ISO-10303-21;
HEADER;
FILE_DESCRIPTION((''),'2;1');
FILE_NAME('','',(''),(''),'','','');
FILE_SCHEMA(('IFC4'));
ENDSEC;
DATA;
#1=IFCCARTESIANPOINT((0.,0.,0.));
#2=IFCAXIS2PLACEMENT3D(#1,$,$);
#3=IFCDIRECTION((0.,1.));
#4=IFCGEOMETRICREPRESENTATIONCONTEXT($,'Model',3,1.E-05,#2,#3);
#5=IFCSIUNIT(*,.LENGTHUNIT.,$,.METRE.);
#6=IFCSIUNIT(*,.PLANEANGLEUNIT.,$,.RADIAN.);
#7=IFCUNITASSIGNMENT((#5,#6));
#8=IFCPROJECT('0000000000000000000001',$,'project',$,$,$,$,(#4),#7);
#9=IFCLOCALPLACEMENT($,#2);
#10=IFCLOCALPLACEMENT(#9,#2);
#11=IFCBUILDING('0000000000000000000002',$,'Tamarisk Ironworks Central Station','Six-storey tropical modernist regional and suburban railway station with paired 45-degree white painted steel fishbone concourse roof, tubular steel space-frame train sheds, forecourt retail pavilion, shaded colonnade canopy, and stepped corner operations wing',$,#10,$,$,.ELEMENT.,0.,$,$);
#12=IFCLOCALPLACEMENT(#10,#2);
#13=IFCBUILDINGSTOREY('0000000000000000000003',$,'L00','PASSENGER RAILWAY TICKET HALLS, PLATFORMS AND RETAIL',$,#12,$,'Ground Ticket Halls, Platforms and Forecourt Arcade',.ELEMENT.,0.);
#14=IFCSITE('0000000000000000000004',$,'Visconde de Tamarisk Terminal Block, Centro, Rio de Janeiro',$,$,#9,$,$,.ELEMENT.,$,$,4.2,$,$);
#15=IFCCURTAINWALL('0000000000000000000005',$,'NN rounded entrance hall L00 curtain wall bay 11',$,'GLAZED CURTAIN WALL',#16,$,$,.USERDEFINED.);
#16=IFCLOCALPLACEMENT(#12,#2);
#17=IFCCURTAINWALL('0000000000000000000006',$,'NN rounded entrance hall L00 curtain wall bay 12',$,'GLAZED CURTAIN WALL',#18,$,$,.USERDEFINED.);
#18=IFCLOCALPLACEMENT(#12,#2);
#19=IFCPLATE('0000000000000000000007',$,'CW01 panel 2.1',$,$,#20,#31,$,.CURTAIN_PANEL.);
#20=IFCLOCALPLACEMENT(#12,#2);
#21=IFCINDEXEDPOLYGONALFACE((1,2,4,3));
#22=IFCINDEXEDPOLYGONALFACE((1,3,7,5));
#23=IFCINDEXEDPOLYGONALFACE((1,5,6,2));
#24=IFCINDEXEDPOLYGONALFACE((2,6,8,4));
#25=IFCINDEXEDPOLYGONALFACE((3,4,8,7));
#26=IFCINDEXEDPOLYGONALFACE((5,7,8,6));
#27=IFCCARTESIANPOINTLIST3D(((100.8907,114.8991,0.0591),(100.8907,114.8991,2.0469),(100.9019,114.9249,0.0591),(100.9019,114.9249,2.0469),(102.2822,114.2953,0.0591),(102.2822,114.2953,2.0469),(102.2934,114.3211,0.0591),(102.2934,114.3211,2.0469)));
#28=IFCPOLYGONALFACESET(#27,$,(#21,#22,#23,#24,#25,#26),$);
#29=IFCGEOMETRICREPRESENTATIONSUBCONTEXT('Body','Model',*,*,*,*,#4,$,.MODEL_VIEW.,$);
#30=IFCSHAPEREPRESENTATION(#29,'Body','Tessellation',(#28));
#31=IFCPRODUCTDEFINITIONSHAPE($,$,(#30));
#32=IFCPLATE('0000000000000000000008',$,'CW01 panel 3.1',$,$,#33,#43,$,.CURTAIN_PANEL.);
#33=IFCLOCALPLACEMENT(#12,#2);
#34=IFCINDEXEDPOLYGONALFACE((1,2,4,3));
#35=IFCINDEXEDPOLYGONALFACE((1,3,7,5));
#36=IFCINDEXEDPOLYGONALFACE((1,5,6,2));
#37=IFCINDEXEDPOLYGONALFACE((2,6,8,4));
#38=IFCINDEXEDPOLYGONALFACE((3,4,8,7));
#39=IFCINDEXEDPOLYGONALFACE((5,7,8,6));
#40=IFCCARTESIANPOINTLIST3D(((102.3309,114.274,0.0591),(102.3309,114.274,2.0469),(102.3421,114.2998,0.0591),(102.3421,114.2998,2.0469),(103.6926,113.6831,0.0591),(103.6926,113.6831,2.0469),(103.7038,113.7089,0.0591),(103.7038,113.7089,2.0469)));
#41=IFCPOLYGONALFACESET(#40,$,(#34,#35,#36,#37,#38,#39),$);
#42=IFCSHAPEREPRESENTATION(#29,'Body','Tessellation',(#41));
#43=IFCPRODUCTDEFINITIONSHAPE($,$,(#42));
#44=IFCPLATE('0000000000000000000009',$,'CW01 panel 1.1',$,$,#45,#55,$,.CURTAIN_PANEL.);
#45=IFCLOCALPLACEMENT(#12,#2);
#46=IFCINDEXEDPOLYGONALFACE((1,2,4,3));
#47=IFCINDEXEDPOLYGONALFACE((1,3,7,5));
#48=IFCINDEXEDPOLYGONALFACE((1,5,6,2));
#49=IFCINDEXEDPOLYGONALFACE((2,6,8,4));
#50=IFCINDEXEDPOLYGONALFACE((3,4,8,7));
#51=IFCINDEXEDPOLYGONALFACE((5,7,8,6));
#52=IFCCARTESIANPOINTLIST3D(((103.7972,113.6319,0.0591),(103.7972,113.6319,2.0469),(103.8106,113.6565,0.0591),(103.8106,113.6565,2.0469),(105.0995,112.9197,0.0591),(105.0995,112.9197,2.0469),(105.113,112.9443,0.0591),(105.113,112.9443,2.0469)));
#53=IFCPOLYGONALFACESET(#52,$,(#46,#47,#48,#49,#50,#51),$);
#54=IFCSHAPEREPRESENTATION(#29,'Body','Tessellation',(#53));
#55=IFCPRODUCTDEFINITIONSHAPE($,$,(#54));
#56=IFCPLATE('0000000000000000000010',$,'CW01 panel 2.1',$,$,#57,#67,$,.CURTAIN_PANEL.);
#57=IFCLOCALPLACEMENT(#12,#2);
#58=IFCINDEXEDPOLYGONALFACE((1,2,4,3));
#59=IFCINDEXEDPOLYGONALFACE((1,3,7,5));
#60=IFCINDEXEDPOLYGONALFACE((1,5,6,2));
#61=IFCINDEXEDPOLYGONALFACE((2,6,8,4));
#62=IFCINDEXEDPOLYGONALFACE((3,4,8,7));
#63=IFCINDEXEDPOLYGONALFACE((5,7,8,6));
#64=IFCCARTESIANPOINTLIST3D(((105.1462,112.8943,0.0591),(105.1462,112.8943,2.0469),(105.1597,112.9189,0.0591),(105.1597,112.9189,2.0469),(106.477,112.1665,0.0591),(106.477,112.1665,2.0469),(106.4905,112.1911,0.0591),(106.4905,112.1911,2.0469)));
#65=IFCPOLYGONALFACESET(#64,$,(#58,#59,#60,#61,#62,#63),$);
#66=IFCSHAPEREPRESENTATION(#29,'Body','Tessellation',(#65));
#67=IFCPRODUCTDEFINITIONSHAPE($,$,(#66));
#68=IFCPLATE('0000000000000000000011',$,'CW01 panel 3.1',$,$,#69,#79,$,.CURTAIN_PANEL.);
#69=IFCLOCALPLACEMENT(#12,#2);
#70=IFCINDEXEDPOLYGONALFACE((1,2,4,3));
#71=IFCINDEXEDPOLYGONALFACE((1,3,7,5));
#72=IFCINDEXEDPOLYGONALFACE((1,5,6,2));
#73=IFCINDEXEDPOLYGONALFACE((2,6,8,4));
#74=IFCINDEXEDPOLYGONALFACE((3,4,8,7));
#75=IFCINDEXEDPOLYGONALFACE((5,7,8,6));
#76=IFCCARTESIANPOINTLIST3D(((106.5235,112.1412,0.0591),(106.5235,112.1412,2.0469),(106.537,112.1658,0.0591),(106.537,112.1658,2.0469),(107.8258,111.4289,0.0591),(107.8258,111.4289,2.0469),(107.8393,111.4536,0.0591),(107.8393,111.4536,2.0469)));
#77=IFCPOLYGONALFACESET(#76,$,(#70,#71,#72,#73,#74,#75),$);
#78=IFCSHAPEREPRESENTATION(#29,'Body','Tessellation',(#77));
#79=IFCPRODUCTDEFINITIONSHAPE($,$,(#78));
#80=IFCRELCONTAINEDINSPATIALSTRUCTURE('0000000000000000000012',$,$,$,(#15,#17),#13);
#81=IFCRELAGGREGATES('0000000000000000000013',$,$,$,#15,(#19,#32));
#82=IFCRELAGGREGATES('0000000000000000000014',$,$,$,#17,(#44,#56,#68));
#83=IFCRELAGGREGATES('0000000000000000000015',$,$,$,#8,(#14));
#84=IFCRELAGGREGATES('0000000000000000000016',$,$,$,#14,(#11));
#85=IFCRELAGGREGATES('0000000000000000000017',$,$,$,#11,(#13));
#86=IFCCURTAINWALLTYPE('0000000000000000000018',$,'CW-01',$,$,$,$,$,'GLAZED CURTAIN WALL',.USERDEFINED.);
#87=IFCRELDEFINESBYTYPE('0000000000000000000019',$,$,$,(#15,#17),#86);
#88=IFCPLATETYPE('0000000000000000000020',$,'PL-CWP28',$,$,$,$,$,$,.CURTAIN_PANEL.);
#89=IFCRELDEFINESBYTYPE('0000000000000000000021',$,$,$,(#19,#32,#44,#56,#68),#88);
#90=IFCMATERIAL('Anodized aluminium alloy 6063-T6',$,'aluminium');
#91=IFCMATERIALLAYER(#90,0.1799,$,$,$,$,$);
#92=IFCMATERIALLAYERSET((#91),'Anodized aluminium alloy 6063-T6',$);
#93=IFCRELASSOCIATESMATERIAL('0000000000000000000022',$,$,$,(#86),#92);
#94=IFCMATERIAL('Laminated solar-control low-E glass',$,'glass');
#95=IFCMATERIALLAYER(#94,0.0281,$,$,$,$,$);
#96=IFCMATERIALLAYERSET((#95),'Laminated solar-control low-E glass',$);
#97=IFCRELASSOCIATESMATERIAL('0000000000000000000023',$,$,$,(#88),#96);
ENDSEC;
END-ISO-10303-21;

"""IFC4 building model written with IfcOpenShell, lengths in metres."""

from ifc_helpers import new_model, si_unit, direction, frame, origin, origin_2d, place, context, subcontext, project, spatial, rectangle, extrude, material, layer, layer_set, type_object, element, aggregate, save


model = new_model("IFC4")

# Units and contexts
model_context = context("Model", 3, precision=1e-05, world=origin(), true_north=direction((0.0, 1.0)))
body_context = subcontext(model_context, "Body", "Model", "MODEL_VIEW")
ifc_project = project(units=[si_unit("LENGTHUNIT", "METRE"), si_unit("PLANEANGLEUNIT", "RADIAN")], contexts=[model_context])

# Site, building, storey
site_placement = place(None, origin())
site = spatial("IfcSite", under=ifc_project, at=site_placement, Name="Visconde de Tamarisk Terminal Block, Centro, Rio de Janeiro", CompositionType="ELEMENT", RefElevation=4.2)
building_placement = place(site_placement, origin())
building = spatial("IfcBuilding", under=site, at=building_placement, Name="Tamarisk Ironworks Central Station", Description="Six-storey tropical modernist regional and suburban railway station with paired 45-degree white painted steel fishbone concourse roof, tubular steel space-frame train sheds, forecourt retail pavilion, shaded colonnade canopy, and stepped corner operations wing", CompositionType="ELEMENT", ElevationOfRefHeight=0.0)
storey_placement = place(building_placement, origin())
storey = spatial("IfcBuildingStorey", under=building, at=storey_placement, Name="L00", Description="PASSENGER RAILWAY TICKET HALLS, PLATFORMS AND RETAIL", LongName="Ground Ticket Halls, Platforms and Forecourt Arcade", CompositionType="ELEMENT", Elevation=0.0)

# Curtain walls
ifc_material_1 = material(Name="Anodized aluminium alloy 6063-T6", Category="aluminium")
ifc_layer_1 = layer(ifc_material_1, 0.1799)
ifc_layer_set_1 = layer_set([ifc_layer_1], Name="Anodized aluminium alloy 6063-T6")
curtain_wall_type_1 = type_object("IfcCurtainWallType", Name="CW-01", ElementType="GLAZED CURTAIN WALL", PredefinedType="USERDEFINED", material=ifc_layer_set_1)
curtain_wall_1_placement = place(storey_placement, origin())
curtain_wall_1 = element("IfcCurtainWall", 1, at=curtain_wall_1_placement, inside=storey, type_object=curtain_wall_type_1, Name="NN rounded entrance hall L00 curtain wall bay 11", ObjectType="GLAZED CURTAIN WALL", PredefinedType="USERDEFINED")
curtain_wall_2_placement = place(storey_placement, origin())
curtain_wall_2 = element("IfcCurtainWall", 2, at=curtain_wall_2_placement, inside=storey, type_object=curtain_wall_type_1, Name="NN rounded entrance hall L00 curtain wall bay 12", ObjectType="GLAZED CURTAIN WALL", PredefinedType="USERDEFINED")

# Plates
ifc_material_2 = material(Name="Laminated solar-control low-E glass", Category="glass")
ifc_layer_2 = layer(ifc_material_2, 0.0281)
ifc_layer_set_2 = layer_set([ifc_layer_2], Name="Laminated solar-control low-E glass")
plate_type_1 = type_object("IfcPlateType", Name="PL-CWP28", PredefinedType="CURTAIN_PANEL", material=ifc_layer_set_2)
plate_1_placement = place(storey_placement, frame((101.592, 114.6101, 0.0591), z_axis=(0.0, 0.0, 1.0), x_axis=(0.917352, -0.398077, 0.0)))
plate_1 = element("IfcPlate", 3, at=plate_1_placement, type_object=plate_type_1, Name="CW01 panel 2.1", PredefinedType="CURTAIN_PANEL", context=body_context, shape_type="SweptSolid", body=[
    extrude(rectangle(XDim=1.5168, YDim=0.0281, at=origin_2d()), origin(), (0.0, 0.0, 1.0), 1.9878),
])
plate_2_placement = place(storey_placement, frame((103.0173, 113.9915, 0.0591), z_axis=(0.0, 0.0, 1.0), x_axis=(0.917352, -0.398077, 0.0)))
plate_2 = element("IfcPlate", 4, at=plate_2_placement, type_object=plate_type_1, Name="CW01 panel 3.1", PredefinedType="CURTAIN_PANEL", context=body_context, shape_type="SweptSolid", body=[
    extrude(rectangle(XDim=1.4844, YDim=0.0281, at=origin_2d()), origin(), (0.0, 0.0, 1.0), 1.9878),
])
aggregate(curtain_wall_1, [plate_1, plate_2])
plate_3_placement = place(storey_placement, frame((104.4551, 113.2881, 0.0591), z_axis=(0.0, 0.0, 1.0), x_axis=(0.877375, -0.479805, 0.0)))
plate_3 = element("IfcPlate", 5, at=plate_3_placement, type_object=plate_type_1, Name="CW01 panel 1.1", PredefinedType="CURTAIN_PANEL", context=body_context, shape_type="SweptSolid", body=[
    extrude(rectangle(XDim=1.4844, YDim=0.0281, at=origin_2d()), origin(), (0.0, 0.0, 1.0), 1.9878),
])
plate_4_placement = place(storey_placement, frame((105.8184, 112.5427, 0.0591), z_axis=(0.0, 0.0, 1.0), x_axis=(0.877375, -0.479805, 0.0)))
plate_4 = element("IfcPlate", 6, at=plate_4_placement, type_object=plate_type_1, Name="CW01 panel 2.1", PredefinedType="CURTAIN_PANEL", context=body_context, shape_type="SweptSolid", body=[
    extrude(rectangle(XDim=1.5168, YDim=0.0281, at=origin_2d()), origin(), (0.0, 0.0, 1.0), 1.9878),
])
plate_5_placement = place(storey_placement, frame((107.1814, 111.7974, 0.0591), z_axis=(0.0, 0.0, 1.0), x_axis=(0.877375, -0.479805, 0.0)))
plate_5 = element("IfcPlate", 7, at=plate_5_placement, type_object=plate_type_1, Name="CW01 panel 3.1", PredefinedType="CURTAIN_PANEL", context=body_context, shape_type="SweptSolid", body=[
    extrude(rectangle(XDim=1.4844, YDim=0.0281, at=origin_2d()), origin(), (0.0, 0.0, 1.0), 1.9878),
])
aggregate(curtain_wall_2, [plate_3, plate_4, plate_5])

save(model, "model.ifc")
